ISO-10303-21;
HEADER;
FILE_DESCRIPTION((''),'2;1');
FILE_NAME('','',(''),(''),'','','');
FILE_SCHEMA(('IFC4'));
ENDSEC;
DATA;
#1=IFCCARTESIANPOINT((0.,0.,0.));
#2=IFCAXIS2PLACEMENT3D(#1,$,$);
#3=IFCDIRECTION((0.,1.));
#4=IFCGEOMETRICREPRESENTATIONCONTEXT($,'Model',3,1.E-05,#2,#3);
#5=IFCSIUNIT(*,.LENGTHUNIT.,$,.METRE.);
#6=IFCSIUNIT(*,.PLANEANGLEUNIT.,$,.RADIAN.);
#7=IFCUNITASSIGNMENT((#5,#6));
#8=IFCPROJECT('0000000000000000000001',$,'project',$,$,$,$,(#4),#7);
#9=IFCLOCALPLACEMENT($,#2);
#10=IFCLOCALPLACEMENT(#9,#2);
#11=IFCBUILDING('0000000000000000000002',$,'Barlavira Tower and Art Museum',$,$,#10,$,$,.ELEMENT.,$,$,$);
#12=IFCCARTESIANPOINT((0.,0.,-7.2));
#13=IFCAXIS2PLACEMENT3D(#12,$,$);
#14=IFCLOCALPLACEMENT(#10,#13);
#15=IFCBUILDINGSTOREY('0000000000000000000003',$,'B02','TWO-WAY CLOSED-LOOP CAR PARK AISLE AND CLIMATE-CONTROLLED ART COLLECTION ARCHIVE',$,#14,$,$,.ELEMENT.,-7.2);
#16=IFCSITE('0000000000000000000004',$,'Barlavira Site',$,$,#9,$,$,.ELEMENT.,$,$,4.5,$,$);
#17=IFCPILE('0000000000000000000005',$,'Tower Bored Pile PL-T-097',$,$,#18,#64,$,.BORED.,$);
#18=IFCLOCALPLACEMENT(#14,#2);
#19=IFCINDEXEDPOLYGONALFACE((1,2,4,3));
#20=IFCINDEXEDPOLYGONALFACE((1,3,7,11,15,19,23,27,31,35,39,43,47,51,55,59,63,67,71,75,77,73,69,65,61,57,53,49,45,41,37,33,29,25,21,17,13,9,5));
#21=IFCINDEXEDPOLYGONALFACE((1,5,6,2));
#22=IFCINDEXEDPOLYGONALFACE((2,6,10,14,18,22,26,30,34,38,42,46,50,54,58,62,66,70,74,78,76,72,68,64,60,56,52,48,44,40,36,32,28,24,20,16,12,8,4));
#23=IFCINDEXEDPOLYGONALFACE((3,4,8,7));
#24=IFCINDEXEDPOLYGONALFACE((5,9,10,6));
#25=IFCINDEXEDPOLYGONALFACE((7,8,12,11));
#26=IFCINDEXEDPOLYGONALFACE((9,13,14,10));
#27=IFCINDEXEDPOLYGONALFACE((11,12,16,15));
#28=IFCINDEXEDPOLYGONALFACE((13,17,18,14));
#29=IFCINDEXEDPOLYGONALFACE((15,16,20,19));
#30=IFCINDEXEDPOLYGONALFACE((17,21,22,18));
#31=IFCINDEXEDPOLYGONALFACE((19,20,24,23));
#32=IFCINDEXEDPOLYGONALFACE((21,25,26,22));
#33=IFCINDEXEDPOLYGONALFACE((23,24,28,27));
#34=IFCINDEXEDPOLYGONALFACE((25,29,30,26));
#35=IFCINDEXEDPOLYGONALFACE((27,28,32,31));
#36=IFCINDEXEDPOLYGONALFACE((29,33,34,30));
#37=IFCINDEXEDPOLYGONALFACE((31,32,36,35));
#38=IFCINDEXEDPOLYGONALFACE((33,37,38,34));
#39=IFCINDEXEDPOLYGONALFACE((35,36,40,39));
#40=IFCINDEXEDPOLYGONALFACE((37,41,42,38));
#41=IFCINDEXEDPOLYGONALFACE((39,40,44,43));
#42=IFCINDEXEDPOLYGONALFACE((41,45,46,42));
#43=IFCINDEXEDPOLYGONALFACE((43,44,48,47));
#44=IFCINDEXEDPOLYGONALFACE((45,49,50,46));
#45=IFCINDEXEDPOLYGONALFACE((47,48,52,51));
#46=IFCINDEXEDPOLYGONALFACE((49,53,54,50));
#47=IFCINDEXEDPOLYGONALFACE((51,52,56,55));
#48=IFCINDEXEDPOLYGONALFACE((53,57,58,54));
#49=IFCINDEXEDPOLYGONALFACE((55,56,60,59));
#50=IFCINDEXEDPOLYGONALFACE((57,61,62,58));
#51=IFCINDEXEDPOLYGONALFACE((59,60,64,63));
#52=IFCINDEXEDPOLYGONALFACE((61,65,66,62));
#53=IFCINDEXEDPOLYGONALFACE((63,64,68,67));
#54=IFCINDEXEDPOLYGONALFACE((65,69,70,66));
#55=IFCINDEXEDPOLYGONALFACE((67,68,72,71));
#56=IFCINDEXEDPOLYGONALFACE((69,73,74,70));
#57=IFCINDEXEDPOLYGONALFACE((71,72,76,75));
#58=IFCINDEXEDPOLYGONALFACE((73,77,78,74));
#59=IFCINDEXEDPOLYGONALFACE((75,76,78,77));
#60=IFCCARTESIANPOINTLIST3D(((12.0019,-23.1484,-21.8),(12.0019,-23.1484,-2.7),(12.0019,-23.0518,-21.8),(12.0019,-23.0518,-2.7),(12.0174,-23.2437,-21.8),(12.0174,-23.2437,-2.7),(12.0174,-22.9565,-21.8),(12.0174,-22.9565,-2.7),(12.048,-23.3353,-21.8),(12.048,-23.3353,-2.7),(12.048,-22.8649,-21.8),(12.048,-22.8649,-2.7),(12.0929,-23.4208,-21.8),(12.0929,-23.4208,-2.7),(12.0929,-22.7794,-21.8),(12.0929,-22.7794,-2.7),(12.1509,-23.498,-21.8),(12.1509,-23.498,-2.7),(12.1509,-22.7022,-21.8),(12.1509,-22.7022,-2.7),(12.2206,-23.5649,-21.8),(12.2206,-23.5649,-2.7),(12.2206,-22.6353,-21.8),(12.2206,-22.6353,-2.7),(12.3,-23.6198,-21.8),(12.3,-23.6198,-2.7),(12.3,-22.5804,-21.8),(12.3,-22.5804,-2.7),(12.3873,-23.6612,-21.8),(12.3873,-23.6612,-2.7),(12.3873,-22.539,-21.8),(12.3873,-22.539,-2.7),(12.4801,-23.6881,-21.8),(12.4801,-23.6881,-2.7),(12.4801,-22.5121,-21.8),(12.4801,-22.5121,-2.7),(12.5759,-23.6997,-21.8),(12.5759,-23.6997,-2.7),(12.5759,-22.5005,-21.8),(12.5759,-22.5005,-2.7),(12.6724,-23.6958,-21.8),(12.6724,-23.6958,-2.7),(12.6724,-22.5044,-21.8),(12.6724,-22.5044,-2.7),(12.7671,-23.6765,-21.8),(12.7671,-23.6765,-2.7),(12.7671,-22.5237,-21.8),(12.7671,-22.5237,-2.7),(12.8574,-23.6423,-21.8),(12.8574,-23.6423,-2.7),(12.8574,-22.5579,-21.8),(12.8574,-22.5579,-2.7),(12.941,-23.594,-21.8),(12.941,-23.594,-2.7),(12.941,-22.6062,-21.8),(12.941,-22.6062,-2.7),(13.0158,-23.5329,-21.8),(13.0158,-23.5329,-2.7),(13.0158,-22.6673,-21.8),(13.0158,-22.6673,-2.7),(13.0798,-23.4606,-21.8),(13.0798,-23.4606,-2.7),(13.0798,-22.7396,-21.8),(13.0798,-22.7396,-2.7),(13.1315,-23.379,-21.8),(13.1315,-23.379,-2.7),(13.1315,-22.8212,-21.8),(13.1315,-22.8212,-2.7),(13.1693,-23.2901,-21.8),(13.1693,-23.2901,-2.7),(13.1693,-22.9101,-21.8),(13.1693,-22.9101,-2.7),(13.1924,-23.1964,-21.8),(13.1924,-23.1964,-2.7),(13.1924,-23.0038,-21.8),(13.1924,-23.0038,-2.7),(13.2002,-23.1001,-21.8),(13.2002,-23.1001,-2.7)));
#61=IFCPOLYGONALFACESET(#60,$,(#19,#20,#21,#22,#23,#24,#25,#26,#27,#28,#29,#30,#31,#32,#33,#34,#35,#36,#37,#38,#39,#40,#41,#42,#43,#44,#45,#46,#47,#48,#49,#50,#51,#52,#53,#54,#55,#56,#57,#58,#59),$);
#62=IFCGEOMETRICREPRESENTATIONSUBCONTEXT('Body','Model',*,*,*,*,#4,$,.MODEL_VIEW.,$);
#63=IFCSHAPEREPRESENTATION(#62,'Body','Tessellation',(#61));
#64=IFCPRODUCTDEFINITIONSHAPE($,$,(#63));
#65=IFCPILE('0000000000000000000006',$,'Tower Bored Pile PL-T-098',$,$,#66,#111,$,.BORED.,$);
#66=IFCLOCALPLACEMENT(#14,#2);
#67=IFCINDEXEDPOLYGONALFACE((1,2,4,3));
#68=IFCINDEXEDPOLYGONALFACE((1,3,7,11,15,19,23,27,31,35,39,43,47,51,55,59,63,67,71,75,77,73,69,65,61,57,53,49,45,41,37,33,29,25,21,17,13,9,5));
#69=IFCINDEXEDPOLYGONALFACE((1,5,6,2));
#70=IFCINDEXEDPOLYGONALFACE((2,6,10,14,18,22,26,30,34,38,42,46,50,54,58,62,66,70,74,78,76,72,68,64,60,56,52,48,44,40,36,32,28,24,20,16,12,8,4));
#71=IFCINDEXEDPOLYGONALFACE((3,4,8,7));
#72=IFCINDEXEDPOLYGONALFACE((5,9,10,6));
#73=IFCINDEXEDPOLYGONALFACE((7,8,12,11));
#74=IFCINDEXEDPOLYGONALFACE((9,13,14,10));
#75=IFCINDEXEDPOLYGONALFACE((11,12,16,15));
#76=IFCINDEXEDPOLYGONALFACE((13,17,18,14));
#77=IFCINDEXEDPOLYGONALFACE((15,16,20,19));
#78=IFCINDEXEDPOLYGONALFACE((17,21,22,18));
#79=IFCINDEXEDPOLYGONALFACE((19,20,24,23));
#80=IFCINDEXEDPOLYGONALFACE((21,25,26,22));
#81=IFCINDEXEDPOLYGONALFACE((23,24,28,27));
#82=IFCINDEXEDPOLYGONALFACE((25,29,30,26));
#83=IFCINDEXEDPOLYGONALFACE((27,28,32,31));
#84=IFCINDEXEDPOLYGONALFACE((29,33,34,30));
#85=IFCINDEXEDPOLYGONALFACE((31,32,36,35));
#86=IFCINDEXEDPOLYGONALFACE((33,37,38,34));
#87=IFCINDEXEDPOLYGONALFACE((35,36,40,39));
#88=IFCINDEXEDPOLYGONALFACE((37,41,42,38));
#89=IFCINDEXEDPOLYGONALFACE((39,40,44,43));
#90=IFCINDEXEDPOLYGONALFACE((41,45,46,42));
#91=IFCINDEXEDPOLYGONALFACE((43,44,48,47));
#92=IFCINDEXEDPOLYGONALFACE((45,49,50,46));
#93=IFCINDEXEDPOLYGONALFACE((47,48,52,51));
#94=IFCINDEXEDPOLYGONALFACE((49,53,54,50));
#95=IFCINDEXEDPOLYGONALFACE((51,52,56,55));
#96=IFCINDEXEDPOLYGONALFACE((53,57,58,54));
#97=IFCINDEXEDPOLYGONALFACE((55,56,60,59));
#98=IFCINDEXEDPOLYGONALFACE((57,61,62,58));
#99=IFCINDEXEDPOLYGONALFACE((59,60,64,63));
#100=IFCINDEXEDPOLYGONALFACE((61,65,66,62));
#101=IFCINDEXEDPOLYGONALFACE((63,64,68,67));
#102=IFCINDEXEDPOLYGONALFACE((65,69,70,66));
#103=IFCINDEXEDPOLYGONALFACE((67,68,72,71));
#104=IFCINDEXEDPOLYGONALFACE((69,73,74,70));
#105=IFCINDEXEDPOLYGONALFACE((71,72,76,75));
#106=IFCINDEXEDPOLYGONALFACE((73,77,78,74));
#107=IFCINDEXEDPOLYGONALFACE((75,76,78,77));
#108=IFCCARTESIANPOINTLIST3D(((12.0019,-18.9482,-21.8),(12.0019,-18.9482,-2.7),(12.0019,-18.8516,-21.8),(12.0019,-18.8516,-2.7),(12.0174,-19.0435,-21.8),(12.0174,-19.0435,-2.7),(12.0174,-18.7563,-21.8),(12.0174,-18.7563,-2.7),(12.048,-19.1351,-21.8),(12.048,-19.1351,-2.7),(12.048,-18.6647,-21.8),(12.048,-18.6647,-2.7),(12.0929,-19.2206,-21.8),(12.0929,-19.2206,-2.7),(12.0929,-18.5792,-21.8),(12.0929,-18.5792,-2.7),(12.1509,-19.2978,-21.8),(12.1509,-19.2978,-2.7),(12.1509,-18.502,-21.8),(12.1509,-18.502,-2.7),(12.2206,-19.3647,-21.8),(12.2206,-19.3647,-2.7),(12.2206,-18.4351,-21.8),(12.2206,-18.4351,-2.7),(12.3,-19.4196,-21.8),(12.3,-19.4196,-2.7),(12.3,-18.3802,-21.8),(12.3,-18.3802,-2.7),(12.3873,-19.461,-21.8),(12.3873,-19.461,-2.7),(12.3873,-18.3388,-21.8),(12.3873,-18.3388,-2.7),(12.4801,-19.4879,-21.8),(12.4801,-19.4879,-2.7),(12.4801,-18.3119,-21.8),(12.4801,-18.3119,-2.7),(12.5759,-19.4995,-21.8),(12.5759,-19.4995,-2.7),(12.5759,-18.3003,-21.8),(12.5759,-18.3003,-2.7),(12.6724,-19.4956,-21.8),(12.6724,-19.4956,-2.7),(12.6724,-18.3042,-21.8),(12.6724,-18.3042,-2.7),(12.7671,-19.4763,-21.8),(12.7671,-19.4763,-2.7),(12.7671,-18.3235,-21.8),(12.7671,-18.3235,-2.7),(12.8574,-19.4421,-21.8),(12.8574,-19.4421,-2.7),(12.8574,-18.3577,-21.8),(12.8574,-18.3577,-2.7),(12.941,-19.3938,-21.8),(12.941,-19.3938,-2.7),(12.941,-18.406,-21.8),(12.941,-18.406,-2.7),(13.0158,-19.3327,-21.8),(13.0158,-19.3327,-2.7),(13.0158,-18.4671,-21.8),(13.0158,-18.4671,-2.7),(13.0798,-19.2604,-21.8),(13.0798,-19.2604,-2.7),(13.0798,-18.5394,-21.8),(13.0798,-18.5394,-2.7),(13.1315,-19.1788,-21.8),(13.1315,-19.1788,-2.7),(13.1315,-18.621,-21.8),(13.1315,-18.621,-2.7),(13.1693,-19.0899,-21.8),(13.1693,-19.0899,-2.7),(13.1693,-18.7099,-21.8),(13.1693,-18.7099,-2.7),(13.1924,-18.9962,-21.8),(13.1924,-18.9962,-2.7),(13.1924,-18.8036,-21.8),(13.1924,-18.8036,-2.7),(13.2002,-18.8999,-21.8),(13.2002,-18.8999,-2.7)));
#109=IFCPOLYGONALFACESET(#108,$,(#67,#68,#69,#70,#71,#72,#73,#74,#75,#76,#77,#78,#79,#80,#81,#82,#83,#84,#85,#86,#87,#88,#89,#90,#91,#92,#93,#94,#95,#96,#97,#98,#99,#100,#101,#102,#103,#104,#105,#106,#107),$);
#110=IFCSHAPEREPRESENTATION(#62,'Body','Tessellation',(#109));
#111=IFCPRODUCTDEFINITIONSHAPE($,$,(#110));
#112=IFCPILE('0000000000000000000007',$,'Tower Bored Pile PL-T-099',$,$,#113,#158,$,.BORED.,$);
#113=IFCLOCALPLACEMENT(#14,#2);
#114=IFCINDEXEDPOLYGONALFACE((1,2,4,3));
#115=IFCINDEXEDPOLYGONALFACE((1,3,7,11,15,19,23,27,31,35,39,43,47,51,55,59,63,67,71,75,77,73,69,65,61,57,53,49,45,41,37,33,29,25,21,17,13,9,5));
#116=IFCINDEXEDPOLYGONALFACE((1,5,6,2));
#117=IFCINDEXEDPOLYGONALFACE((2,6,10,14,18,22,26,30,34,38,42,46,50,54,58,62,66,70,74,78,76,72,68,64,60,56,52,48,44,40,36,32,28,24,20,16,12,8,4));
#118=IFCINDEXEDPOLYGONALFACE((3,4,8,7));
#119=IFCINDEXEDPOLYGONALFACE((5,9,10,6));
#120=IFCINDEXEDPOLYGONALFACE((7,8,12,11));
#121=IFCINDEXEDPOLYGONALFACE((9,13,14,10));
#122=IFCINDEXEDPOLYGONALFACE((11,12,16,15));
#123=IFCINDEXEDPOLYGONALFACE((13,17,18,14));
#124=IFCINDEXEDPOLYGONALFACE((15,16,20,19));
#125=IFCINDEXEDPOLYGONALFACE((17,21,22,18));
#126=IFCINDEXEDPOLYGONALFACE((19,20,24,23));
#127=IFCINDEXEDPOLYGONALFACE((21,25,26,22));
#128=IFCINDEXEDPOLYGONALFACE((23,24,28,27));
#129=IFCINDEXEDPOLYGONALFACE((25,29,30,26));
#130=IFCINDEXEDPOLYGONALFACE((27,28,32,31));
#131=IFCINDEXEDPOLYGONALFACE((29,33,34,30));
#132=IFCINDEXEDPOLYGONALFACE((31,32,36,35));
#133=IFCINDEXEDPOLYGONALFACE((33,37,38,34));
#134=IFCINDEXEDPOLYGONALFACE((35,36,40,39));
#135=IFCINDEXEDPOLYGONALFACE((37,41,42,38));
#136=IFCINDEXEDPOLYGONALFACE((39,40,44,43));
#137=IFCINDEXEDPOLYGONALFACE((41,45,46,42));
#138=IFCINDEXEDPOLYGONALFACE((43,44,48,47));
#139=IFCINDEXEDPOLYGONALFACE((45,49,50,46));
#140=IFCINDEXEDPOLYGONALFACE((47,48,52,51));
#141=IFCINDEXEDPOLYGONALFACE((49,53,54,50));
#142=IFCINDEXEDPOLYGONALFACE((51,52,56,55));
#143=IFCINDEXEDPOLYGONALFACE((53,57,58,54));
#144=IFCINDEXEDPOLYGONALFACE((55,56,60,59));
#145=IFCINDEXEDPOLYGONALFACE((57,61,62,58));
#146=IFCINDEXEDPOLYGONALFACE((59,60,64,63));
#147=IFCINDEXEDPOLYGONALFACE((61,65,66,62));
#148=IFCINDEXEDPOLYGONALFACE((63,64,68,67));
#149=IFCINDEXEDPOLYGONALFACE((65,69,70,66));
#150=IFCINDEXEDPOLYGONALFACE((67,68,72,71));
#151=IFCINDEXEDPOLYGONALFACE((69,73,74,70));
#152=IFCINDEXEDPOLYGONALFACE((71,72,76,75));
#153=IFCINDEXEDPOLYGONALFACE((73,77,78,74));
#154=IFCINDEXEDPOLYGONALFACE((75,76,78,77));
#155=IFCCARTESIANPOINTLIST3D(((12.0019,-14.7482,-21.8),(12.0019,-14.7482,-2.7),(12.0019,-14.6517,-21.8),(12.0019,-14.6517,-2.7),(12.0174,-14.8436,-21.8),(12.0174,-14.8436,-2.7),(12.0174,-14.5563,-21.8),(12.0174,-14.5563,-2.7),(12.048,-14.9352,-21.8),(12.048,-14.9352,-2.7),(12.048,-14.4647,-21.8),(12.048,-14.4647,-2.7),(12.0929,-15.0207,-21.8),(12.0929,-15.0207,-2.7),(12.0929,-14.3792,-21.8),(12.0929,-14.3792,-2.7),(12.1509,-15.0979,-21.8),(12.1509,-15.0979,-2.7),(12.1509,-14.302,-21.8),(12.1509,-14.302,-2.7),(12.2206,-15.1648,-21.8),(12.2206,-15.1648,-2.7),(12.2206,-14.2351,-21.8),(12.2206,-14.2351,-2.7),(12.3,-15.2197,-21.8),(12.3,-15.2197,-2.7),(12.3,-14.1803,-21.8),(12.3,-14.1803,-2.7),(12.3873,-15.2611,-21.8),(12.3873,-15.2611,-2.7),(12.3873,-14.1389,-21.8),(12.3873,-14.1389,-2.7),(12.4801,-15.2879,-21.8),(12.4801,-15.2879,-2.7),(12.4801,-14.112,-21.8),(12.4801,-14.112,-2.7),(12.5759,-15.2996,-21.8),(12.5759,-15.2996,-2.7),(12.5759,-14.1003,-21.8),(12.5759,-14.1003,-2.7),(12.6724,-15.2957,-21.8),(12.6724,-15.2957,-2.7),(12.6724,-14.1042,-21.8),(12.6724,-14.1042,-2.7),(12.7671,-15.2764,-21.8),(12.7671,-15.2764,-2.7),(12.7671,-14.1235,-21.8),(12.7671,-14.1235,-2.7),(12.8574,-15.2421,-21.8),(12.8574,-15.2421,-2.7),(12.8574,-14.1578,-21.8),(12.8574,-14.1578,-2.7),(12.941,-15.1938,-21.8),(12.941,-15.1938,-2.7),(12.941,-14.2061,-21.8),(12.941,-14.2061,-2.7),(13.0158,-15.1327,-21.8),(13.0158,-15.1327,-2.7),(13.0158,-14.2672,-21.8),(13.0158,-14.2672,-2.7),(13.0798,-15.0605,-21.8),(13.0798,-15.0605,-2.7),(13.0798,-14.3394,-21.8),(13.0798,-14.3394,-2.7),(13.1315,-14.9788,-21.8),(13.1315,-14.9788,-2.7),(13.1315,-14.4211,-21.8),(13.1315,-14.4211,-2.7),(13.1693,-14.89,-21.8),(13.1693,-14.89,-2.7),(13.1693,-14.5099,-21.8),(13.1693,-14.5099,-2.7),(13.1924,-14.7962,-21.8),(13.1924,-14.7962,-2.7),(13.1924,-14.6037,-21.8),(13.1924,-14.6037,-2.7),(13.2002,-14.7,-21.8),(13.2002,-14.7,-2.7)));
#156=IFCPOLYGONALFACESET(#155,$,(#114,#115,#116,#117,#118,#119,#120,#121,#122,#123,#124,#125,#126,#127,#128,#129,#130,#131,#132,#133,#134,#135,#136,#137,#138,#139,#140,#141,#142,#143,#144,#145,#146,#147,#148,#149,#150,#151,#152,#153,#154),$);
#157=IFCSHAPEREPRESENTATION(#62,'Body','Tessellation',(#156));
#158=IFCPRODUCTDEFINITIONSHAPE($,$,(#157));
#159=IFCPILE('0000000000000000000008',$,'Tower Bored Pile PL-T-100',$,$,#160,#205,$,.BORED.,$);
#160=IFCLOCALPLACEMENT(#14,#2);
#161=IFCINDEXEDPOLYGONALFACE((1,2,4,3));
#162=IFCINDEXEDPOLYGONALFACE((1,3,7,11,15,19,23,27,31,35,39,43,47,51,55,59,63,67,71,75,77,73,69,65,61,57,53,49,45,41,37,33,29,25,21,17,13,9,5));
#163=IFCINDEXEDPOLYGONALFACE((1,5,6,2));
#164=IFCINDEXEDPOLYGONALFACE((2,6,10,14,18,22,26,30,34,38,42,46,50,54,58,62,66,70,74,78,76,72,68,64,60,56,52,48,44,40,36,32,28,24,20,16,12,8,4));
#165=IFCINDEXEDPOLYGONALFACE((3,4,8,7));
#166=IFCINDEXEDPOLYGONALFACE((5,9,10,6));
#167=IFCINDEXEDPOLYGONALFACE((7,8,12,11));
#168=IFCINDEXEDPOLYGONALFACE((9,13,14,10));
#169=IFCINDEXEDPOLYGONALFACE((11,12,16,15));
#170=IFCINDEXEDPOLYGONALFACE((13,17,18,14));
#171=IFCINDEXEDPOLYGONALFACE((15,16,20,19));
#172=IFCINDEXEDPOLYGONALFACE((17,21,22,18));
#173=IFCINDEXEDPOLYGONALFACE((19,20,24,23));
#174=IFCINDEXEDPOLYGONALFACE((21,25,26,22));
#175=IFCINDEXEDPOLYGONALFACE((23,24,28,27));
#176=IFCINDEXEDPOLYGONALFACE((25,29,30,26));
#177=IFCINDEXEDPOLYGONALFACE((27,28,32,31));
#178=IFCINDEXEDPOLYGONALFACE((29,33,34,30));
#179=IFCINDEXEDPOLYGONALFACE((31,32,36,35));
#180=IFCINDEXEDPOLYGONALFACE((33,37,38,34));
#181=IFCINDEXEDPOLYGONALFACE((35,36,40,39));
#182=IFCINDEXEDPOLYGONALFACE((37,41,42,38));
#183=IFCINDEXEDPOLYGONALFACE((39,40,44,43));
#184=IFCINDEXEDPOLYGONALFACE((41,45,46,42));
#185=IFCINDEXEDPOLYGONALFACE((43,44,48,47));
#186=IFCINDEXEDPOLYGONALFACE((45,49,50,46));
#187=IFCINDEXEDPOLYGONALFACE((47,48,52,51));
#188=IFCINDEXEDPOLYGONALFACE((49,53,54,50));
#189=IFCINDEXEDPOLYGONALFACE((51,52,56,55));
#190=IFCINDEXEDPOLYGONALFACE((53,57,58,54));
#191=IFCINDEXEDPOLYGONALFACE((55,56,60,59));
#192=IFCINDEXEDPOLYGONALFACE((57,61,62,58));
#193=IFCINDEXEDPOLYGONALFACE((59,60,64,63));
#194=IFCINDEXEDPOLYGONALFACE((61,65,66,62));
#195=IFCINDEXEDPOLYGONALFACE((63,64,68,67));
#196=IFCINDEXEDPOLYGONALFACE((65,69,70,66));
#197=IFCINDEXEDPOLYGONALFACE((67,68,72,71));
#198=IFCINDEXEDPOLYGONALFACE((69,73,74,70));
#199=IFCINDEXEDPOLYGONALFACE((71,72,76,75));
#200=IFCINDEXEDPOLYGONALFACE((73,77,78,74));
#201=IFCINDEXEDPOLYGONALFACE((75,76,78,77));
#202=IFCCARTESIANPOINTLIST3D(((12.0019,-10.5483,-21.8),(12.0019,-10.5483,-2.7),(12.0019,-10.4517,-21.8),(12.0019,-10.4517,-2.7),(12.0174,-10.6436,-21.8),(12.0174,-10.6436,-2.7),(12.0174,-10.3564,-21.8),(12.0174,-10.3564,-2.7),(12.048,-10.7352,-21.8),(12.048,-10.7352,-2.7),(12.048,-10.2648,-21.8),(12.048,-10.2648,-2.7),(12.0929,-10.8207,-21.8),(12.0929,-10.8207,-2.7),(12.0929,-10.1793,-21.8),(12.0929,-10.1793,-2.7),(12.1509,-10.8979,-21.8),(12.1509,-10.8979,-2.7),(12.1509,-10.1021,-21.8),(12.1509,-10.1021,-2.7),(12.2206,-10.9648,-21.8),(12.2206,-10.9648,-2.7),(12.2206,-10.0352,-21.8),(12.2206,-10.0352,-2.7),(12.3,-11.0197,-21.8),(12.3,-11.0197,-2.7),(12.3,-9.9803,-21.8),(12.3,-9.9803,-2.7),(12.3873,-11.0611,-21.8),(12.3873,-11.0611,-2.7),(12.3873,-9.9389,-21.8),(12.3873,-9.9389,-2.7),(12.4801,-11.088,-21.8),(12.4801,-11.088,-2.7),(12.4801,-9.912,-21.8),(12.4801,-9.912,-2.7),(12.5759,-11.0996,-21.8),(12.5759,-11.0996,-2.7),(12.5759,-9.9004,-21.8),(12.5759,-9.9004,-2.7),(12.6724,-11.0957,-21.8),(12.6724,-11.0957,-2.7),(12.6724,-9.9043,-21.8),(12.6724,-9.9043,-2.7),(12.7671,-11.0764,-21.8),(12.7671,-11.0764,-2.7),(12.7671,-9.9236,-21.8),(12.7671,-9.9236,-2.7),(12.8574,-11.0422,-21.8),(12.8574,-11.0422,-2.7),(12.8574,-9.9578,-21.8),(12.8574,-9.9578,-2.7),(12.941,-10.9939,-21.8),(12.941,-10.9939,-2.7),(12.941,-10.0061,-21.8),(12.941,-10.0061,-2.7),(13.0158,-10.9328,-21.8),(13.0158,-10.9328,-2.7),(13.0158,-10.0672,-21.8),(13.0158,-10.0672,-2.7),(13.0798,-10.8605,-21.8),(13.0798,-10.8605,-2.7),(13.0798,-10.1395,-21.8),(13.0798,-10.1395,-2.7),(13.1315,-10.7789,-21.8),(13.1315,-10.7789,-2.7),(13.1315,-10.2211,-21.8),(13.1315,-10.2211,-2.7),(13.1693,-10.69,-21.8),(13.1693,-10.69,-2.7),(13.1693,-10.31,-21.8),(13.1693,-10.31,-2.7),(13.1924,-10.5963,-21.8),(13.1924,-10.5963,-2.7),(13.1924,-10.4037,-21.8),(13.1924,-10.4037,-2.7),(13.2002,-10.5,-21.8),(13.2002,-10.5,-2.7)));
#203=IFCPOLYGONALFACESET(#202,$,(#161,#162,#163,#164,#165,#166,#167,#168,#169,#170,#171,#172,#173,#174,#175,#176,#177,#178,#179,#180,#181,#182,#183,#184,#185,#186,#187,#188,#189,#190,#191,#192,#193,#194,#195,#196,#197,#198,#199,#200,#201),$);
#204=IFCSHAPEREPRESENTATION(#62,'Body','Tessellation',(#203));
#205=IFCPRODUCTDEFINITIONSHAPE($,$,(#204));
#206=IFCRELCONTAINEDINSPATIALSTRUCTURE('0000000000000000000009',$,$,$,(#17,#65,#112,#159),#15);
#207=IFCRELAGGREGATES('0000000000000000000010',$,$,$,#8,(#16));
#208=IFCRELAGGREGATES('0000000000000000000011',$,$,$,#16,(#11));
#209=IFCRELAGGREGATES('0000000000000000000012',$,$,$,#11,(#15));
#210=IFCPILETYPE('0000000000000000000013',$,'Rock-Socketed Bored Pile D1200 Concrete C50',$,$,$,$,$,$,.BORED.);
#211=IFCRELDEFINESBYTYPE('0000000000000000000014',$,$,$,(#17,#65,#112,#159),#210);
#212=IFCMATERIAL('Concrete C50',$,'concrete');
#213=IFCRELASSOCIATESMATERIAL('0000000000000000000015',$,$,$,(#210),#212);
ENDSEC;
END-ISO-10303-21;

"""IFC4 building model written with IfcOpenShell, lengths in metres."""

from ifc_helpers import new_model, si_unit, direction, frame, origin, origin_2d, place, context, subcontext, project, spatial, circle, extrude, material, material_profile, profile_set, type_object, element, save


model = new_model("IFC4")

# Units and contexts
model_context = context("Model", 3, precision=1e-05, world=origin(), true_north=direction((0.0, 1.0)))
body_context = subcontext(model_context, "Body", "Model", "MODEL_VIEW")
ifc_project = project(units=[si_unit("LENGTHUNIT", "METRE"), si_unit("PLANEANGLEUNIT", "RADIAN")], contexts=[model_context])

# Site, building, storey
site_placement = place(None, origin())
site = spatial("IfcSite", under=ifc_project, at=site_placement, Name="Barlavira Site", CompositionType="ELEMENT", RefElevation=4.5)
building_placement = place(site_placement, origin())
building = spatial("IfcBuilding", under=site, at=building_placement, Name="Barlavira Tower and Art Museum", CompositionType="ELEMENT")
storey_placement = place(building_placement, frame((0.0, 0.0, -7.2)))
storey = spatial("IfcBuildingStorey", under=building, at=storey_placement, Name="B02", Description="TWO-WAY CLOSED-LOOP CAR PARK AISLE AND CLIMATE-CONTROLLED ART COLLECTION ARCHIVE", CompositionType="ELEMENT", Elevation=-7.2)

# Piles
ifc_material_1 = material(Name="Concrete C50", Category="concrete")
ifc_material_profile_1 = material_profile(ifc_material_1, circle(Radius=0.6001, at=origin_2d()), Name="BORED PILE D1200")
ifc_profile_set_1 = profile_set([ifc_material_profile_1], Name="Concrete C50")
pile_type = type_object("IfcPileType", Name="Rock-Socketed Bored Pile D1200 Concrete C50", PredefinedType="BORED", material=ifc_profile_set_1)
for number, where, z_axis, x_axis, name in (
    (1, (12.6001, -23.1001, -2.7), (0.0, 0.0, -1.0), (1.0, 0.0, 0.0), "Tower Bored Pile PL-T-097"),
    (2, (12.6001, -18.8999, -2.7), (0.0, 0.0, -1.0), (1.0, 0.0, 0.0), "Tower Bored Pile PL-T-098"),
    (3, (12.6001, -14.7, -2.7), (0.0, 0.0, -1.0), (1.0, 0.0, 0.0), "Tower Bored Pile PL-T-099"),
    (4, (12.6001, -10.5, -2.7), (0.0, 0.0, -1.0), (1.0, 0.0, 0.0), "Tower Bored Pile PL-T-100"),
):
    element("IfcPile", number, at=place(storey_placement, frame(where, z_axis=z_axis, x_axis=x_axis)), inside=storey, type_object=pile_type, Name=name, PredefinedType="BORED", context=body_context, shape_type="SweptSolid", body=[
        extrude(circle(Radius=0.6001, at=origin_2d()), origin(), (0.0, 0.0, 1.0), 19.1001),
    ])

save(model, "model.ifc")
